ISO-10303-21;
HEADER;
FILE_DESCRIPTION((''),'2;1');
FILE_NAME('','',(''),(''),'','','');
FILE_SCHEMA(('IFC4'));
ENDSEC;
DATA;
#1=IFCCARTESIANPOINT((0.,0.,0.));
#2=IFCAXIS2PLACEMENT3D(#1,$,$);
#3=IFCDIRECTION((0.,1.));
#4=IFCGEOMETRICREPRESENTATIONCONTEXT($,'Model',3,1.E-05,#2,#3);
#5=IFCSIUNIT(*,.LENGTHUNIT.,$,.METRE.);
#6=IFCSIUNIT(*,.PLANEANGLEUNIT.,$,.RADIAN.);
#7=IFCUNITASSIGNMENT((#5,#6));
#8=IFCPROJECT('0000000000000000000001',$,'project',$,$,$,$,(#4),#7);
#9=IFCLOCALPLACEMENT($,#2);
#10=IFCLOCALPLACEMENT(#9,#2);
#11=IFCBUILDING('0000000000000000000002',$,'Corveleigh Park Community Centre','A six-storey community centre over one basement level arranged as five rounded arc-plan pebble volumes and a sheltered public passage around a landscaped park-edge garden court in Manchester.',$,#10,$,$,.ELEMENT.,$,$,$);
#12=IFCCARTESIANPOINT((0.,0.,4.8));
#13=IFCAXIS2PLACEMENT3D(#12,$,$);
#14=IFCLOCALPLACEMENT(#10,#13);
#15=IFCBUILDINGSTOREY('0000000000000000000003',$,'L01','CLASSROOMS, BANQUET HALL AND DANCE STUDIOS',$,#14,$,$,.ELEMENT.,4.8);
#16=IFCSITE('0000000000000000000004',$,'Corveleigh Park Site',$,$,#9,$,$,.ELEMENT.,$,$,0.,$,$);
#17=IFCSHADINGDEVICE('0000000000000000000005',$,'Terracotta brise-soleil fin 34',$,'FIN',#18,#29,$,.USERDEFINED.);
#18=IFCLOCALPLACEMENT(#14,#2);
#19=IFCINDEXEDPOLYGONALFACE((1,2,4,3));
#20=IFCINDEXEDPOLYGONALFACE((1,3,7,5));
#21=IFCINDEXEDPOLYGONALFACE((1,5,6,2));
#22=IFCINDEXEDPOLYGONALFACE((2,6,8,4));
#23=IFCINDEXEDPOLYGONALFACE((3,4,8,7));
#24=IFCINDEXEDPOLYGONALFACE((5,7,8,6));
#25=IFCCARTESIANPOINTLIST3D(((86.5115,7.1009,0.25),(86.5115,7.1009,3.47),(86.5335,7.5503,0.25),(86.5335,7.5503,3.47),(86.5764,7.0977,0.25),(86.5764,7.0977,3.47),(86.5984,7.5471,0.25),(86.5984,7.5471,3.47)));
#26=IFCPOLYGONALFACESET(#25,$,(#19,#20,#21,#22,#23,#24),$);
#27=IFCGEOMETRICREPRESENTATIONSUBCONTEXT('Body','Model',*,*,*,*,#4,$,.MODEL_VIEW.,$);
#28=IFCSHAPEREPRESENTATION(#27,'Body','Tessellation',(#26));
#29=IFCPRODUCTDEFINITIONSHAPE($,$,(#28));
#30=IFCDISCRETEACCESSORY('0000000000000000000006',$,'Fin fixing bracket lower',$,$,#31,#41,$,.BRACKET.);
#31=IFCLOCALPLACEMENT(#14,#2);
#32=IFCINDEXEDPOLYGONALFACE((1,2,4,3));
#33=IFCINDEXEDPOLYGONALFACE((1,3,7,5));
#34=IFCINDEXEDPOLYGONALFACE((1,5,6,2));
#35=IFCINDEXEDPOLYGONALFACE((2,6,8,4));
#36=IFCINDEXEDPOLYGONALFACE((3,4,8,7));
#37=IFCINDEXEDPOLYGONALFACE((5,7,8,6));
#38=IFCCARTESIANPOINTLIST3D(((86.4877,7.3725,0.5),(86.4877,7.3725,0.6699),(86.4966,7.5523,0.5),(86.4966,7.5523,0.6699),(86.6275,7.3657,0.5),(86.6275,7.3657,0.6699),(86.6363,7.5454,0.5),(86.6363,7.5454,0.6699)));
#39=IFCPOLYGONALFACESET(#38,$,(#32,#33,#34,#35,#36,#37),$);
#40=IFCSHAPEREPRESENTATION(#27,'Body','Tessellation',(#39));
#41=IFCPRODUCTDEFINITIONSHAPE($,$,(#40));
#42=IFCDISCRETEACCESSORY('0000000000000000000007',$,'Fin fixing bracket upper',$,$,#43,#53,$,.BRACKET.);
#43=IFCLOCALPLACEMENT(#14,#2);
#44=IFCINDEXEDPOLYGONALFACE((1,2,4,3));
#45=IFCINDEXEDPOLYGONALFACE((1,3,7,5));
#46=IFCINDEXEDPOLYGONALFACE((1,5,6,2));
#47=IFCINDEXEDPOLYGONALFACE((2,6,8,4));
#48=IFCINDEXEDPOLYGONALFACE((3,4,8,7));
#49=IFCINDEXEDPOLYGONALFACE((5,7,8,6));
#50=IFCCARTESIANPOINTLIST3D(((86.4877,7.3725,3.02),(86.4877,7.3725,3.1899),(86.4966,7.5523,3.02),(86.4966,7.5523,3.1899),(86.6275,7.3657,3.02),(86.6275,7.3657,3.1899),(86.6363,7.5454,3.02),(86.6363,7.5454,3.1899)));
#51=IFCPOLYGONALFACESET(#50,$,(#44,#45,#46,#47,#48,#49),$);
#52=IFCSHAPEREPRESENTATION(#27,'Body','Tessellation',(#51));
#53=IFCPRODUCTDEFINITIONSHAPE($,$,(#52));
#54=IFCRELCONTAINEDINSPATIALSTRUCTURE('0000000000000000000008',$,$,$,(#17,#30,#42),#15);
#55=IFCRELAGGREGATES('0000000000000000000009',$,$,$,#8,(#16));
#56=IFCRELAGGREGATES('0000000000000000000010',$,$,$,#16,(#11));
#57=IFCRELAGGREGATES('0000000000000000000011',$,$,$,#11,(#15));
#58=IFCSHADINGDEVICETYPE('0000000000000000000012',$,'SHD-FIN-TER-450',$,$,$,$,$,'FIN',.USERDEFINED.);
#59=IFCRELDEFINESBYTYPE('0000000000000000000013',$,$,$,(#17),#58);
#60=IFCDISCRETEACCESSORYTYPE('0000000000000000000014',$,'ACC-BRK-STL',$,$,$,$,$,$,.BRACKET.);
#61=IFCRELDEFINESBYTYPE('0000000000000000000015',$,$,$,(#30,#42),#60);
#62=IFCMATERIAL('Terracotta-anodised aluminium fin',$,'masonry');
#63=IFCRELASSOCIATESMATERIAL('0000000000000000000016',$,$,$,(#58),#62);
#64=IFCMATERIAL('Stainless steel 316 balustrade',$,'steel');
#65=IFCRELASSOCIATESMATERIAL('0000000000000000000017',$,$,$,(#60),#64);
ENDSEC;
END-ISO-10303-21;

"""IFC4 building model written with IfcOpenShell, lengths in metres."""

from ifc_helpers import new_model, si_unit, direction, frame, origin, origin_2d, place, context, subcontext, project, spatial, rectangle, extrude, material, type_object, element, save


model = new_model("IFC4")

# Units and contexts
model_context = context("Model", 3, precision=1e-05, world=origin(), true_north=direction((0.0, 1.0)))
body_context = subcontext(model_context, "Body", "Model", "MODEL_VIEW")
ifc_project = project(units=[si_unit("LENGTHUNIT", "METRE"), si_unit("PLANEANGLEUNIT", "RADIAN")], contexts=[model_context])

# Site, building, storey
site_placement = place(None, origin())
site = spatial("IfcSite", under=ifc_project, at=site_placement, Name="Corveleigh Park Site", CompositionType="ELEMENT", RefElevation=0.0)
building_placement = place(site_placement, origin())
building = spatial("IfcBuilding", under=site, at=building_placement, Name="Corveleigh Park Community Centre", Description="A six-storey community centre over one basement level arranged as five rounded arc-plan pebble volumes and a sheltered public passage around a landscaped park-edge garden court in Manchester.", CompositionType="ELEMENT")
storey_placement = place(building_placement, frame((0.0, 0.0, 4.8)))
storey = spatial("IfcBuildingStorey", under=building, at=storey_placement, Name="L01", Description="CLASSROOMS, BANQUET HALL AND DANCE STUDIOS", CompositionType="ELEMENT", Elevation=4.8)

# Shading device
ifc_material_1 = material(Name="Terracotta-anodised aluminium fin", Category="masonry")
shading_device_type = type_object("IfcShadingDeviceType", Name="SHD-FIN-TER-450", ElementType="FIN", PredefinedType="USERDEFINED", material=ifc_material_1)
shading_device_placement = place(storey_placement, frame((86.5549, 7.324, 0.25), z_axis=(0.0, 0.0, 1.0), x_axis=(-0.048921, -0.998803, 0.0)))
element("IfcShadingDevice", 1, at=shading_device_placement, inside=storey, type_object=shading_device_type, Name="Terracotta brise-soleil fin 34", ObjectType="FIN", PredefinedType="USERDEFINED", context=body_context, shape_type="SweptSolid", body=[
    extrude(rectangle(XDim=0.45, YDim=0.0649, at=origin_2d()), origin(), (0.0, 0.0, 1.0), 3.22),
])

# Discrete accessories
ifc_material_2 = material(Name="Stainless steel 316 balustrade", Category="steel")
discrete_accessory_type = type_object("IfcDiscreteAccessoryType", Name="ACC-BRK-STL", PredefinedType="BRACKET", material=ifc_material_2)
for number, where, z_axis, x_axis, name in (
    (2, (86.562, 7.459, 0.5), (0.0, 0.0, 1.0), (-0.048921, -0.998803, 0.0), "Fin fixing bracket lower"),
    (3, (86.562, 7.459, 3.02), (0.0, 0.0, 1.0), (-0.048921, -0.998803, 0.0), "Fin fixing bracket upper"),
):
    element("IfcDiscreteAccessory", number, at=place(storey_placement, frame(where, z_axis=z_axis, x_axis=x_axis)), inside=storey, type_object=discrete_accessory_type, Name=name, PredefinedType="BRACKET", context=body_context, shape_type="SweptSolid", body=[
        extrude(rectangle(XDim=0.1799, YDim=0.1399, at=origin_2d()), origin(), (0.0, 0.0, 1.0), 0.1699),
    ])

save(model, "model.ifc")
